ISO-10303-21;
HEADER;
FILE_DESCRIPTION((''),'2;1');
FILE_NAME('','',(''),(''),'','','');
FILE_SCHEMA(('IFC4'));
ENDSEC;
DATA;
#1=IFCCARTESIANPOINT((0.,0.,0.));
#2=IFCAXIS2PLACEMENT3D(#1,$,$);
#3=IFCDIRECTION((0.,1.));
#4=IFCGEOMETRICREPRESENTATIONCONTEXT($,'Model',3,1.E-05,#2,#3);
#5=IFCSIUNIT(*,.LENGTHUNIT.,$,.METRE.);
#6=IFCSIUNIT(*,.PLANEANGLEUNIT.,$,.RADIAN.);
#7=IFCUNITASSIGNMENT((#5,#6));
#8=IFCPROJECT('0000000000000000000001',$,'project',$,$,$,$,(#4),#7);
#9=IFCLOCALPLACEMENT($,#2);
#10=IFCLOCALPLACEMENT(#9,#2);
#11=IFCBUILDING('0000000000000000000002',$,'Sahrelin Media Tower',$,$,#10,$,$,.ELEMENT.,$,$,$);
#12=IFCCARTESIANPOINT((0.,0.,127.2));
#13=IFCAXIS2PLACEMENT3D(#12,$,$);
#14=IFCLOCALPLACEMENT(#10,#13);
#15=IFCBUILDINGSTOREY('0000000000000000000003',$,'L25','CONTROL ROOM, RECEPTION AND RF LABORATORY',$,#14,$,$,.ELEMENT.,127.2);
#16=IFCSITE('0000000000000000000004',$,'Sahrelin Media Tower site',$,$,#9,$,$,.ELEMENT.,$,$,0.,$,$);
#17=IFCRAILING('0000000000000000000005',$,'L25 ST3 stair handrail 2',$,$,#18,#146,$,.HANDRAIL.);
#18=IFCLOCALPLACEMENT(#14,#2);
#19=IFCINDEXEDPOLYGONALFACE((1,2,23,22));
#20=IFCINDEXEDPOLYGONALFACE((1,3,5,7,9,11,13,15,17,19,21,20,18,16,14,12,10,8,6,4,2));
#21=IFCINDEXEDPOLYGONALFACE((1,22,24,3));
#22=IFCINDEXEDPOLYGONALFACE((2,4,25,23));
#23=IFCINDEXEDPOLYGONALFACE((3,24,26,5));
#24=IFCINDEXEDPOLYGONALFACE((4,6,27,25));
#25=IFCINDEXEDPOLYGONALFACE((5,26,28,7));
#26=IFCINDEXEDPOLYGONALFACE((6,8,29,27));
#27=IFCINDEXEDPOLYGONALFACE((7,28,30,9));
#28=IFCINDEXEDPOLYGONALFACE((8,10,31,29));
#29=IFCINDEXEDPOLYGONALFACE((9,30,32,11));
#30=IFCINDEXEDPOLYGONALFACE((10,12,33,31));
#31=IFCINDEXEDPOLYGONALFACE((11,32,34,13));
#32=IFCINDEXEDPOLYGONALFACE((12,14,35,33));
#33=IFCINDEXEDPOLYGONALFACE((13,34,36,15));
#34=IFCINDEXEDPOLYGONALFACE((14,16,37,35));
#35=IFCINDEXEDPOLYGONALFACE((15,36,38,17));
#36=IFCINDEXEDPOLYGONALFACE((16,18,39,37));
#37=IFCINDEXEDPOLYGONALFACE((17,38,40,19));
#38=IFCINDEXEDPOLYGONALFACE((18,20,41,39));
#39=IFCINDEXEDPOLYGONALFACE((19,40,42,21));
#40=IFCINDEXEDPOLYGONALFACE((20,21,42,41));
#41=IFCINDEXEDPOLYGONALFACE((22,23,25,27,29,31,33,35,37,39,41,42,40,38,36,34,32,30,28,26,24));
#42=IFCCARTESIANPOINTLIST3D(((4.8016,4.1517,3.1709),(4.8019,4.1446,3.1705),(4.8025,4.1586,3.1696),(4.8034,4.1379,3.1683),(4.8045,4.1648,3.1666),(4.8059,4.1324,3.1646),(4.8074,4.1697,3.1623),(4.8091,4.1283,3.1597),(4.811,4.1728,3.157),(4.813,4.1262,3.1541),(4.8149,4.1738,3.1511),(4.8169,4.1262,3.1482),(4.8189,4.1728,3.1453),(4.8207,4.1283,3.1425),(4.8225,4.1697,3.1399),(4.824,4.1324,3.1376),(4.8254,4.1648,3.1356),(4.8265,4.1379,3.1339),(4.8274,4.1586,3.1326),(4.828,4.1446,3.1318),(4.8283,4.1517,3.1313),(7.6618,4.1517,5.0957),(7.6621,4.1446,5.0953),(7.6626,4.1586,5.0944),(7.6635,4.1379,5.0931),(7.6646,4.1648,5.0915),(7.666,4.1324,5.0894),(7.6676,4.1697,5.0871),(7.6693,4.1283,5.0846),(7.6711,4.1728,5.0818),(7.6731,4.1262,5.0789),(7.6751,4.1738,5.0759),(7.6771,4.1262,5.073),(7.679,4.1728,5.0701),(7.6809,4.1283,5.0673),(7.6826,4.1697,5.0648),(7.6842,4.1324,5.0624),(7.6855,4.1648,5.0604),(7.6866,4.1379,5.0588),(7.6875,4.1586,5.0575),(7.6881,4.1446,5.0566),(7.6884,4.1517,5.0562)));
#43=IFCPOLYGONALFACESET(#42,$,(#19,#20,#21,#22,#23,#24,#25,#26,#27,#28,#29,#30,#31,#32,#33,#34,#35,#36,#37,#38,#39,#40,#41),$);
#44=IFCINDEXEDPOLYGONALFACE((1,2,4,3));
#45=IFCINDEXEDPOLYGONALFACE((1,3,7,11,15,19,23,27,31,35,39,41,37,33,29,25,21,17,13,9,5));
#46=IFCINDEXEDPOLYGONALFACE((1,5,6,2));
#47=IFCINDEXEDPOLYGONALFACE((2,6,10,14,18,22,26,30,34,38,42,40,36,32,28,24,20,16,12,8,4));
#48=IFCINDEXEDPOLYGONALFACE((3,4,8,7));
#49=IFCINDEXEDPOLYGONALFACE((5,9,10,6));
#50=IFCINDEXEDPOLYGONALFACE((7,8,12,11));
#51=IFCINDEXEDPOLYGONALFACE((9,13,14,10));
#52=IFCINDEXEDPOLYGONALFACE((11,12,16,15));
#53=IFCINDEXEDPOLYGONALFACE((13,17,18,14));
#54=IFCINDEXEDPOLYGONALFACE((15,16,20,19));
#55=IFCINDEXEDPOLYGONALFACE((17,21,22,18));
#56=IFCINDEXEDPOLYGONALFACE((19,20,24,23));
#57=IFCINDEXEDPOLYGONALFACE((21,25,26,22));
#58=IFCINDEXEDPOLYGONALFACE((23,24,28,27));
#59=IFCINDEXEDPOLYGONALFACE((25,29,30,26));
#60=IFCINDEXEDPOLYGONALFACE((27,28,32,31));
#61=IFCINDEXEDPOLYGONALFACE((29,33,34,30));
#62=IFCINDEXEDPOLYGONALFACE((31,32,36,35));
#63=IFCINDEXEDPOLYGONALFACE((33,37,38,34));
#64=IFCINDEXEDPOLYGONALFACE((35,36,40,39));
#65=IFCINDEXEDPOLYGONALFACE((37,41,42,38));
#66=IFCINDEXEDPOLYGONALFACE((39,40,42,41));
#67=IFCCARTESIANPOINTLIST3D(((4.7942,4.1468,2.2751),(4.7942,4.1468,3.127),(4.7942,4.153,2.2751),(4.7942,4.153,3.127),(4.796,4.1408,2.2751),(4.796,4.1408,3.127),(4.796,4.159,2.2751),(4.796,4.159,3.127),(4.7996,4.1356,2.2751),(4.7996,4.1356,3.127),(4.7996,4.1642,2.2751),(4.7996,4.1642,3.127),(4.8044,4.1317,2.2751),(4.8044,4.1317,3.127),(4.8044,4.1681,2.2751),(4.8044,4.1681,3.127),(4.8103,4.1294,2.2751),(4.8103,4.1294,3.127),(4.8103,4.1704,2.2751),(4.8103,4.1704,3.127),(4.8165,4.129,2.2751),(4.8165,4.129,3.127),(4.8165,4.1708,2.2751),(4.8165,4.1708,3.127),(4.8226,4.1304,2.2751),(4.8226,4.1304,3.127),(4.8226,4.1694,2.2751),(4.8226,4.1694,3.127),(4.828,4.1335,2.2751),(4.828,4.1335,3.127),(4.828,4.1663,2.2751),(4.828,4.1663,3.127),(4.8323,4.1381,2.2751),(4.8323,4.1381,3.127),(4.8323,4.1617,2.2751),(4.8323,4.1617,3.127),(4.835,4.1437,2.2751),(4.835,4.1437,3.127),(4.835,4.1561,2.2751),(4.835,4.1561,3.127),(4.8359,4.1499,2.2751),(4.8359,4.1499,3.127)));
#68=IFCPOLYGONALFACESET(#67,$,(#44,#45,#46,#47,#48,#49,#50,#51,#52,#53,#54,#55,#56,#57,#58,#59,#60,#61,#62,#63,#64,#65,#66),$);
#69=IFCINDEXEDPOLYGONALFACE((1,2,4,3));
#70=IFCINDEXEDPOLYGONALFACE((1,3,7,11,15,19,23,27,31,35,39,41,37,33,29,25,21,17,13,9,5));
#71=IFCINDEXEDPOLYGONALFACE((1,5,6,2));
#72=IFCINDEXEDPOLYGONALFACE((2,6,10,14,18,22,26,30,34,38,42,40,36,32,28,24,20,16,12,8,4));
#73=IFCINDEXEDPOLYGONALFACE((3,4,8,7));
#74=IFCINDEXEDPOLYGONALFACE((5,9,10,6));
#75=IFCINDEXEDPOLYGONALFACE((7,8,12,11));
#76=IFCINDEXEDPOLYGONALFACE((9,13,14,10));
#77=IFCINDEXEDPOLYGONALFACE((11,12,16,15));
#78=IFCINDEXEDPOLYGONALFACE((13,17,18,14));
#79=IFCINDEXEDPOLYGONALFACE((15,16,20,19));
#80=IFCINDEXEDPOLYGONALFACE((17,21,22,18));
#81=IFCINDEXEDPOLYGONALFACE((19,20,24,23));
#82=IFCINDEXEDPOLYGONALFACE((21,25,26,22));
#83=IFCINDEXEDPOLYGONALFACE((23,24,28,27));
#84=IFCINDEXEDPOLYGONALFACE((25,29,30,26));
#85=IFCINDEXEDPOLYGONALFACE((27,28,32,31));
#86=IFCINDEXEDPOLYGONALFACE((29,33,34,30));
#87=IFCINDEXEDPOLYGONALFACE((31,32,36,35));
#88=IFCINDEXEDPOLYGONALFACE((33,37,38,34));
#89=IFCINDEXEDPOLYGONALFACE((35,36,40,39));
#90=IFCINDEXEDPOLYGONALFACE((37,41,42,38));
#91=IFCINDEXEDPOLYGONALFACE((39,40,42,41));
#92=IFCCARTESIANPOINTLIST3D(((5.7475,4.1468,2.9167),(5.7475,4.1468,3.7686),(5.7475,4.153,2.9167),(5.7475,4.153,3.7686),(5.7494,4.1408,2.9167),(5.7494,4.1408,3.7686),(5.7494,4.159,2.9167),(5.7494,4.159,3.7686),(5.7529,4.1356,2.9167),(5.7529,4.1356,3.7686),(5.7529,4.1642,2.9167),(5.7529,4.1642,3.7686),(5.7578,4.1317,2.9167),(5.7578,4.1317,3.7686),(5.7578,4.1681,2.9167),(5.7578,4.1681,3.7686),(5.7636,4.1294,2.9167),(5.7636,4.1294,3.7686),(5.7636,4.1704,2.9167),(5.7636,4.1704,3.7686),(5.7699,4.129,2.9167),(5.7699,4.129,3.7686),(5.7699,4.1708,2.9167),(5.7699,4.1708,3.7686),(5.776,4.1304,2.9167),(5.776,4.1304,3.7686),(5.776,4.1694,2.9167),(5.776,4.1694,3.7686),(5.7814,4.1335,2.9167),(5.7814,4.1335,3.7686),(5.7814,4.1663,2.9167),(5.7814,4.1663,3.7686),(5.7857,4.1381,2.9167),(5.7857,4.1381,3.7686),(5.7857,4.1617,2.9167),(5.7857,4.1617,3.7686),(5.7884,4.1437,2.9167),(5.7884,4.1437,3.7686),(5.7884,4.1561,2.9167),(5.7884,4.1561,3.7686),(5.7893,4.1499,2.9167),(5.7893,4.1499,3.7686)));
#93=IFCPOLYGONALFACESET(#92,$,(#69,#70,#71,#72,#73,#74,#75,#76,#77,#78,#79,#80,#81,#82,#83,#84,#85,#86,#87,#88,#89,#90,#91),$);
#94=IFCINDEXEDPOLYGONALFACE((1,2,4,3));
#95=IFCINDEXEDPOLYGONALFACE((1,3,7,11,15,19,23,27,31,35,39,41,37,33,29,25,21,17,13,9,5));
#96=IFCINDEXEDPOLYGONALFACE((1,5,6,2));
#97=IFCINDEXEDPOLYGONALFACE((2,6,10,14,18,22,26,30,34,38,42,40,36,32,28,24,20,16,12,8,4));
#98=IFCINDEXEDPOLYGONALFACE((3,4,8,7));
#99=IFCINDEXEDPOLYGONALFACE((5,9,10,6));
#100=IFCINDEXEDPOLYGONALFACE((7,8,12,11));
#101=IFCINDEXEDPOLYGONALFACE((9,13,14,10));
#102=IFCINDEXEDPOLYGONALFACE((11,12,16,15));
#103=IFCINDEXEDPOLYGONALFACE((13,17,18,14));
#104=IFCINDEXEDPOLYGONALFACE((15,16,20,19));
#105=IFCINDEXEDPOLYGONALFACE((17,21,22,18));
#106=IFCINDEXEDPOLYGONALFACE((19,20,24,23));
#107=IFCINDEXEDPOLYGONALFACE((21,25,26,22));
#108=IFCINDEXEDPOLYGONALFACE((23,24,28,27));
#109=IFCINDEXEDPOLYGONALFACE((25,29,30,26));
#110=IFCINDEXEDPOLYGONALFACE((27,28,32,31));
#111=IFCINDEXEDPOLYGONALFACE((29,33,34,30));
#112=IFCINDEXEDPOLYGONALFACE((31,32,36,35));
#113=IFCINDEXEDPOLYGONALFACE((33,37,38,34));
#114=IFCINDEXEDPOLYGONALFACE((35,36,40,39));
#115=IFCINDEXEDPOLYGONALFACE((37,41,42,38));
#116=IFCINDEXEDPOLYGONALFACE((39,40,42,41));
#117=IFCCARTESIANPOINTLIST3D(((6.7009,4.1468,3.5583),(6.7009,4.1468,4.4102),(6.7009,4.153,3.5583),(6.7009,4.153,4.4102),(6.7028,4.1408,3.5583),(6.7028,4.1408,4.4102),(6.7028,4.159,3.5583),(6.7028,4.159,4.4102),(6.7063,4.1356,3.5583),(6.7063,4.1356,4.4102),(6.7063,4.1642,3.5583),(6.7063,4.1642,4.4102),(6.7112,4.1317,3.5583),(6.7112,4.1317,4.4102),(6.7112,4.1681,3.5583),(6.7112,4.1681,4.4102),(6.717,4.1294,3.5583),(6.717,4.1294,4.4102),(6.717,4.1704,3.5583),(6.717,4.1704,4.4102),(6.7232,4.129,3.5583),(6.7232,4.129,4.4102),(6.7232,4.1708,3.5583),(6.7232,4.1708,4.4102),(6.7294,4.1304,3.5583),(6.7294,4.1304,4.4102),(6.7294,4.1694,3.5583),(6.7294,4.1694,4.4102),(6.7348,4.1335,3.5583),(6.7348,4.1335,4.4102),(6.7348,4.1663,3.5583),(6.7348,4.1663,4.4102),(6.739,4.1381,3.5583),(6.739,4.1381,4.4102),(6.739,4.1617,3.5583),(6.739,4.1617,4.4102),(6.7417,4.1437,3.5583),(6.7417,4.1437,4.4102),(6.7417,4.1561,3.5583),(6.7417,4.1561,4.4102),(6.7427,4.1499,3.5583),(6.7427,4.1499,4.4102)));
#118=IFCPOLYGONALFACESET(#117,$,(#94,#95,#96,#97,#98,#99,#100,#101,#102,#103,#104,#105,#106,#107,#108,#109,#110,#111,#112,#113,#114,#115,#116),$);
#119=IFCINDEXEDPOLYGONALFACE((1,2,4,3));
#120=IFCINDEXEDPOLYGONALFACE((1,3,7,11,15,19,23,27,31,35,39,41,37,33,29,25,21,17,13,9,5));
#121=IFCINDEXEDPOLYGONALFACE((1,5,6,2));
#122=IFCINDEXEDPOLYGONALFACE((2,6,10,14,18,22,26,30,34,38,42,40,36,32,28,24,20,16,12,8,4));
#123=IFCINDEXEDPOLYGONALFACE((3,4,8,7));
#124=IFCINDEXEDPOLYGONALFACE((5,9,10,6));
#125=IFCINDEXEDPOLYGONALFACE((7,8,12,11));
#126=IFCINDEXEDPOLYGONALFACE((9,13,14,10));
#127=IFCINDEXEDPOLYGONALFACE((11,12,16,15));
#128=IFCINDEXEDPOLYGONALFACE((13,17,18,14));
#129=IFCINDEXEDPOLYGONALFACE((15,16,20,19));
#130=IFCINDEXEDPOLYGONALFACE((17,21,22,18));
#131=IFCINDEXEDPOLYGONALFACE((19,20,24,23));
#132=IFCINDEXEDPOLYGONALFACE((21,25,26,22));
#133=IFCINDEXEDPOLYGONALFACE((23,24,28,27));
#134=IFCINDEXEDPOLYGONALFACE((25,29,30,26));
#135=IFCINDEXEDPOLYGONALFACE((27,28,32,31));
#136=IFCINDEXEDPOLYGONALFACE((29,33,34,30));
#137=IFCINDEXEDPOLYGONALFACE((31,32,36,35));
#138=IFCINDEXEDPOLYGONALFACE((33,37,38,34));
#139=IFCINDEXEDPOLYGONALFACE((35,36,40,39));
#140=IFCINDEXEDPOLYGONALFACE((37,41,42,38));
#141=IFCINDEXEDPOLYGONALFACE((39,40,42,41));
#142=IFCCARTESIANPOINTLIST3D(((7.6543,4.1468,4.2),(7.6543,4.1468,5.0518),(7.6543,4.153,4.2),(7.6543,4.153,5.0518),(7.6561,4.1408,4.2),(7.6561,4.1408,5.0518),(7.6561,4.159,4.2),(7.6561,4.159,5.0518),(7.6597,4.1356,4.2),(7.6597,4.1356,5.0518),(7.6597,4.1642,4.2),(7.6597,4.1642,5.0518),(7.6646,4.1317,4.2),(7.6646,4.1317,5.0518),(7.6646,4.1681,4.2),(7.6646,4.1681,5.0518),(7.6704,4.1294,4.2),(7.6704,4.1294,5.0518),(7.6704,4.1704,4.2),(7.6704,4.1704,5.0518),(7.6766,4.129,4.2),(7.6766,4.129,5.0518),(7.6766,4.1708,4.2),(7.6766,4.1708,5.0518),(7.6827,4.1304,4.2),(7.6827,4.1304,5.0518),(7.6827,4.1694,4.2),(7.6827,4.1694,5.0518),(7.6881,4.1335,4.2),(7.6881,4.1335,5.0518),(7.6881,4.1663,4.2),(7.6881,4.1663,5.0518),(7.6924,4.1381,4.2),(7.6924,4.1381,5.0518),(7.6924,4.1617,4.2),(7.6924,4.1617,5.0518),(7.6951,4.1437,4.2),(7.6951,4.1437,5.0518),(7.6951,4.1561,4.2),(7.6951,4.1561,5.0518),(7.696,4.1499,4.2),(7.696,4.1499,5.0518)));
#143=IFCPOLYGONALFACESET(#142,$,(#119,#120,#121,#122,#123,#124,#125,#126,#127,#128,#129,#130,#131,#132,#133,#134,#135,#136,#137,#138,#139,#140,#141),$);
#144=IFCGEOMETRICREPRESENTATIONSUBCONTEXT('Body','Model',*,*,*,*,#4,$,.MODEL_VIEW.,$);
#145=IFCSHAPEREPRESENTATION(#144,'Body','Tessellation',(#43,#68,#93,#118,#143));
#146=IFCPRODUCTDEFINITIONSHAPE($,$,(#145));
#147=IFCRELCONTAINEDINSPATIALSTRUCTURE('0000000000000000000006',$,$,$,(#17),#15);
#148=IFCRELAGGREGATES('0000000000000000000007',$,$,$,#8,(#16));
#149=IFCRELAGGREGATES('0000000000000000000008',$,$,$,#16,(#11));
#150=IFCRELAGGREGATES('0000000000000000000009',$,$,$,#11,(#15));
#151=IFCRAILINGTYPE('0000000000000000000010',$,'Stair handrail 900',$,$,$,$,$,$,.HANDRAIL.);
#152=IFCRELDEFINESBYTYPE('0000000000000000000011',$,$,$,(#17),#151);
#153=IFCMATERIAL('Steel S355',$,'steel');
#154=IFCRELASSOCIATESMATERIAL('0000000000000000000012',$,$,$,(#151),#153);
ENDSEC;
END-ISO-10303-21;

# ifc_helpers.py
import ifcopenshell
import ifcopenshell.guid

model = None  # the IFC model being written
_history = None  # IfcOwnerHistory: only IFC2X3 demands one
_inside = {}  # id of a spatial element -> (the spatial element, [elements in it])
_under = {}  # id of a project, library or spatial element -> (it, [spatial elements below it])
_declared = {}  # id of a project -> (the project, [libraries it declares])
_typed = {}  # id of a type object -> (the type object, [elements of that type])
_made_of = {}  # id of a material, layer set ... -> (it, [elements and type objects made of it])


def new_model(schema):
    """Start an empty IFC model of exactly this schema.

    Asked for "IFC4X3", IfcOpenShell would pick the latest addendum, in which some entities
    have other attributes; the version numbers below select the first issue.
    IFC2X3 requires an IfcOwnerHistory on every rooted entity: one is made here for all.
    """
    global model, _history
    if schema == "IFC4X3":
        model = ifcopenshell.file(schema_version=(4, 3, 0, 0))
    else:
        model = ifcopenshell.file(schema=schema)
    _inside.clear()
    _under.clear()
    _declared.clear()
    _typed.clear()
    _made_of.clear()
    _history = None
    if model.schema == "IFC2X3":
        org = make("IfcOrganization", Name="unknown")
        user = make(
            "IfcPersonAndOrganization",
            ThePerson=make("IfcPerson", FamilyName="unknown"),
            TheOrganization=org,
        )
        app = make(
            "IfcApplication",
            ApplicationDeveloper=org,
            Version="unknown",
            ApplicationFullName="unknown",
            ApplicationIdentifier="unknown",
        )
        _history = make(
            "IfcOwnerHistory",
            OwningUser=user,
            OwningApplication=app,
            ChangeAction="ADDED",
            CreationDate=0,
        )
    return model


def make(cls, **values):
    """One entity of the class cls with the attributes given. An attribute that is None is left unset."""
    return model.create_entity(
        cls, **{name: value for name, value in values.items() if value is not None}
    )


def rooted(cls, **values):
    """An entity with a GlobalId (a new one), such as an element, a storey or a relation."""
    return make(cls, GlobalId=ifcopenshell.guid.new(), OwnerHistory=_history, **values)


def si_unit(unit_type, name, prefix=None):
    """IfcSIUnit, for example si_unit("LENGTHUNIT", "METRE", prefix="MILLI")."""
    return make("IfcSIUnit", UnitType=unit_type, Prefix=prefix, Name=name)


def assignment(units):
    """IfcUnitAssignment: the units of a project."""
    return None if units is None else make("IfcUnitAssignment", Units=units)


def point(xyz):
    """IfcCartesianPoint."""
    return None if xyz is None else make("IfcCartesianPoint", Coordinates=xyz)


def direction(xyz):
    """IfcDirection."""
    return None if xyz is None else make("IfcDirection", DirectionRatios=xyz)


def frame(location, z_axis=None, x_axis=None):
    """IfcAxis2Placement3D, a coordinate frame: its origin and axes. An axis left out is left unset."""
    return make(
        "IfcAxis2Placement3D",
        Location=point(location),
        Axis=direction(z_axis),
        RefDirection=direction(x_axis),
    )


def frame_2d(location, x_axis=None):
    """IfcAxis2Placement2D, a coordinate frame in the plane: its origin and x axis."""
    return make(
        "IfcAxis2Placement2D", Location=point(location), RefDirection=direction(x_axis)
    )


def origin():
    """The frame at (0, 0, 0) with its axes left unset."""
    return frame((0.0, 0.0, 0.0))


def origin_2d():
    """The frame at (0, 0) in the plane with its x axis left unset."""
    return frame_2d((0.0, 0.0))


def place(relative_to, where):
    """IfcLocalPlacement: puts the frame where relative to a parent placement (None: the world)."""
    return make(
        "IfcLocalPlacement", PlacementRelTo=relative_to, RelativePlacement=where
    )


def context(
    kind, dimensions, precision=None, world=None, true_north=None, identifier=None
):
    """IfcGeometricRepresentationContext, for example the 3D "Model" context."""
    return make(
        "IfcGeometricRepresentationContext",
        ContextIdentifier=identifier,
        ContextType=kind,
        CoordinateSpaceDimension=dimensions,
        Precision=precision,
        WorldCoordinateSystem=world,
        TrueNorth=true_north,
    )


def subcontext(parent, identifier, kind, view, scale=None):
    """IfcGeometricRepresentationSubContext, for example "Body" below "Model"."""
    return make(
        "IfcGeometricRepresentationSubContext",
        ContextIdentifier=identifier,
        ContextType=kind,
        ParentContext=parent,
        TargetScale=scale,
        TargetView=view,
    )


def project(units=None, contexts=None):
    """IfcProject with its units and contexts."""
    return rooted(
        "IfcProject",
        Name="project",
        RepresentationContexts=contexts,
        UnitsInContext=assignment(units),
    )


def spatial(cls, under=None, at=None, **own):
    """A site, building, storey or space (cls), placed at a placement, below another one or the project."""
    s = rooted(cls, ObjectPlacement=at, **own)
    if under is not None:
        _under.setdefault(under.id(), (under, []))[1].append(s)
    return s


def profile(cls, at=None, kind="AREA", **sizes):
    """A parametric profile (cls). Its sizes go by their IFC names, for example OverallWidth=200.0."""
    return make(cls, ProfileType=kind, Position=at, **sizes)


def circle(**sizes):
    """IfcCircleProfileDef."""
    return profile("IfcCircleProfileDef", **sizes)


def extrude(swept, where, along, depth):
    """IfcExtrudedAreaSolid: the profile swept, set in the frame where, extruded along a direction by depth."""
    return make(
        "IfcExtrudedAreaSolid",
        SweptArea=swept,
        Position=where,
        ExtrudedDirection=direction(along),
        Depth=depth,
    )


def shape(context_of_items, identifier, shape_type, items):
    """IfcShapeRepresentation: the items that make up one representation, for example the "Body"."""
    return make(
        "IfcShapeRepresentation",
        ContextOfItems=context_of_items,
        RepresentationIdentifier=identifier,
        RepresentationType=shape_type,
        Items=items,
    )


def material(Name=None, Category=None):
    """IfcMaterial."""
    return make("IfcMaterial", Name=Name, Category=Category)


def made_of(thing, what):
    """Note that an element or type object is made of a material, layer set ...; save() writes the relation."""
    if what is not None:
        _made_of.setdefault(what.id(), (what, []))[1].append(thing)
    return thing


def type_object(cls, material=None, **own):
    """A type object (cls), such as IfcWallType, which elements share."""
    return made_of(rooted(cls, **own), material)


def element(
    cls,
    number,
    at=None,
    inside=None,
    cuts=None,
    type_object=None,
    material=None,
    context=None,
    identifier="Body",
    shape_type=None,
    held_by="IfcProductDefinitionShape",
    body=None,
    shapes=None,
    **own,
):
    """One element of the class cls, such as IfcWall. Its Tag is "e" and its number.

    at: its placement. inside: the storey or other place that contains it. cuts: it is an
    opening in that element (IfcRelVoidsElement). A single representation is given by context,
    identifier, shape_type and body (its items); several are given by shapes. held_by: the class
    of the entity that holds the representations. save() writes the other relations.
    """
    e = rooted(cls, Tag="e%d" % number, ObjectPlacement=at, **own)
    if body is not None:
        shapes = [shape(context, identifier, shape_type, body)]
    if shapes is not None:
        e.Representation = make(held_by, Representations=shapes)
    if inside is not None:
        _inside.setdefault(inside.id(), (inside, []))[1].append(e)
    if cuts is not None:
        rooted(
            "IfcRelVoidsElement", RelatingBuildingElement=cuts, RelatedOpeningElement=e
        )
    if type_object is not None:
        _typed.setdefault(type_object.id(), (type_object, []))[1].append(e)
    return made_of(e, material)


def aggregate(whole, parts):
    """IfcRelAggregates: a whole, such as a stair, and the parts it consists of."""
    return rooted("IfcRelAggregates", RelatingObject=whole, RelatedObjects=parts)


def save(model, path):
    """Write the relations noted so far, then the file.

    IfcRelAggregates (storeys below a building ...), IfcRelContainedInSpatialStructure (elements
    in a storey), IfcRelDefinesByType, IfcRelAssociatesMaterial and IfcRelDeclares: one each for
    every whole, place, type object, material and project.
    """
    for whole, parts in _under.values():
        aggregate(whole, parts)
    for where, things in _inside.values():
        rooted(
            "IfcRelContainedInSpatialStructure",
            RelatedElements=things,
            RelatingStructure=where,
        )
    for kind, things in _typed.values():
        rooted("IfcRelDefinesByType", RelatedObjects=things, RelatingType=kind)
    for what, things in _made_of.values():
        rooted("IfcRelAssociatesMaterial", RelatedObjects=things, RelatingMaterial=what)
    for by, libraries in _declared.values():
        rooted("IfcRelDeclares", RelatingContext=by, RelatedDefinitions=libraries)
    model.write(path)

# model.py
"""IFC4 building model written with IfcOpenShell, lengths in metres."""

from ifc_helpers import new_model, si_unit, direction, frame, origin, origin_2d, place, context, subcontext, project, spatial, circle, extrude, material, type_object, element, save


model = new_model("IFC4")

# Units and contexts
model_context = context("Model", 3, precision=1e-05, world=origin(), true_north=direction((0.0, 1.0)))
body_context = subcontext(model_context, "Body", "Model", "MODEL_VIEW")
ifc_project = project(units=[si_unit("LENGTHUNIT", "METRE"), si_unit("PLANEANGLEUNIT", "RADIAN")], contexts=[model_context])

# Site, building, storey
site_placement = place(None, origin())
site = spatial("IfcSite", under=ifc_project, at=site_placement, Name="Sahrelin Media Tower site", CompositionType="ELEMENT", RefElevation=0.0)
building_placement = place(site_placement, origin())
building = spatial("IfcBuilding", under=site, at=building_placement, Name="Sahrelin Media Tower", CompositionType="ELEMENT")
storey_placement = place(building_placement, frame((0.0, 0.0, 127.2)))
storey = spatial("IfcBuildingStorey", under=building, at=storey_placement, Name="L25", Description="CONTROL ROOM, RECEPTION AND RF LABORATORY", CompositionType="ELEMENT", Elevation=127.2)

# Shared definitions
ifc_material_1 = material(Name="Steel S355", Category="steel")

# Railing
railing_type_1 = type_object("IfcRailingType", Name="Stair handrail 900", PredefinedType="HANDRAIL", material=ifc_material_1)
railing_1_placement = place(storey_placement, frame((4.8149, 4.1499, 2.2751)))
element("IfcRailing", 1, at=railing_1_placement, inside=storey, type_object=railing_type_1, Name="L25 ST3 stair handrail 2", PredefinedType="HANDRAIL", context=body_context, shape_type="SweptSolid", body=[
    extrude(circle(Radius=0.0239, at=origin_2d()), frame((0.0, 0.0, 0.876), z_axis=(0.829624, 0.0, 0.558323), x_axis=(0.0, 1.0, 0.0)), (0.0, 0.0, 1.0), 3.4475),
    extrude(circle(Radius=0.021, at=origin_2d()), origin(), (0.0, 0.0, 1.0), 0.8518),
    extrude(circle(Radius=0.021, at=origin_2d()), frame((0.9534, 0.0, 0.6416)), (0.0, 0.0, 1.0), 0.8518),
    extrude(circle(Radius=0.021, at=origin_2d()), frame((1.9067, 0.0, 1.2832)), (0.0, 0.0, 1.0), 0.8518),
    extrude(circle(Radius=0.021, at=origin_2d()), frame((2.8601, 0.0, 1.9248)), (0.0, 0.0, 1.0), 0.8518),
])

save(model, "model.ifc")
